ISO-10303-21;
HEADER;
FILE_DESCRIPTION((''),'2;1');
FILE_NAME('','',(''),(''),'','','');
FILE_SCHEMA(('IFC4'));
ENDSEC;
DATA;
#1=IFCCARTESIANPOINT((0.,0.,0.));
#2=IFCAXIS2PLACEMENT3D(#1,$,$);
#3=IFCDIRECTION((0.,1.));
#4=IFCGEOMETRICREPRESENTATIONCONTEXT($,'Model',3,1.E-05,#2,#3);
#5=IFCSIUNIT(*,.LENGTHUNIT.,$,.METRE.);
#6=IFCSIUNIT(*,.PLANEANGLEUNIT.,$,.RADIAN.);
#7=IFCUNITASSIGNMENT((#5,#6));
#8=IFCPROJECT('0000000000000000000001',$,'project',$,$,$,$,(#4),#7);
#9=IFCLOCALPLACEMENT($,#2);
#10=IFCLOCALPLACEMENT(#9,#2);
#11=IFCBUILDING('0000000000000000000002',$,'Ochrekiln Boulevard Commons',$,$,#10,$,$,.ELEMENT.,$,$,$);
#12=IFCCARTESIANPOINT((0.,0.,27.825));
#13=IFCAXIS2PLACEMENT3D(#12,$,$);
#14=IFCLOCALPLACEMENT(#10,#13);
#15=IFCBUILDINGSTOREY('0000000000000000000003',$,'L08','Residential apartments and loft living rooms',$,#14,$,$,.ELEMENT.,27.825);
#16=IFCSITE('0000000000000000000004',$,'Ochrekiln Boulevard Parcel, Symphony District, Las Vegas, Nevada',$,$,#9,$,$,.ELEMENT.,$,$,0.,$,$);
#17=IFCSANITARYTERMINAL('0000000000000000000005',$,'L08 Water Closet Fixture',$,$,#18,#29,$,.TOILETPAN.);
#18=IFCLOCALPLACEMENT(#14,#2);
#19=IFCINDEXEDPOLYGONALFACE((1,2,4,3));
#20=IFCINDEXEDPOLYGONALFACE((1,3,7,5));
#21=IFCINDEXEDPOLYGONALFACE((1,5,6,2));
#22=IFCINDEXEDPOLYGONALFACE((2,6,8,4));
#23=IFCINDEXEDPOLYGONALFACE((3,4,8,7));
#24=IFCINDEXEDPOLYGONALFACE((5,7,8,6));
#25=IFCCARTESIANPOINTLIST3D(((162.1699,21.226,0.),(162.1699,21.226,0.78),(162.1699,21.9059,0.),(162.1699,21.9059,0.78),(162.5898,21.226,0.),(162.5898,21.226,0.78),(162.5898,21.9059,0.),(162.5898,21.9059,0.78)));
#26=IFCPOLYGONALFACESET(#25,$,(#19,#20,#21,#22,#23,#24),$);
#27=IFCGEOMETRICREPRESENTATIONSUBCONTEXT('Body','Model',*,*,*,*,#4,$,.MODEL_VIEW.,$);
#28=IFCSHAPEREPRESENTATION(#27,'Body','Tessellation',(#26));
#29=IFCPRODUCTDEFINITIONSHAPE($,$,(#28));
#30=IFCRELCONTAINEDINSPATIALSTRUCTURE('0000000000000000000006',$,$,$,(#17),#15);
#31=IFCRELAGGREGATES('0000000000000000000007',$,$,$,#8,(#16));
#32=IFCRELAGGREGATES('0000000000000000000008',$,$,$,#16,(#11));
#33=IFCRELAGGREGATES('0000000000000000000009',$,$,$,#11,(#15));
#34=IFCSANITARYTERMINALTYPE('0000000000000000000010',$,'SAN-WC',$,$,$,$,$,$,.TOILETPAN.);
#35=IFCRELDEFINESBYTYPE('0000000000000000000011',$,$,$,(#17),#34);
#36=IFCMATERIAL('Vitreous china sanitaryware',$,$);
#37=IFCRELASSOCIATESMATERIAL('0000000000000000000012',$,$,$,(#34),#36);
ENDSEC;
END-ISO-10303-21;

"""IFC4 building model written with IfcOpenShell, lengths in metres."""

from ifc_helpers import new_model, si_unit, direction, frame, origin, origin_2d, place, context, subcontext, project, spatial, rectangle, extrude, material, type_object, element, save


model = new_model("IFC4")

# Units and contexts
model_context = context("Model", 3, precision=1e-05, world=origin(), true_north=direction((0.0, 1.0)))
body_context = subcontext(model_context, "Body", "Model", "MODEL_VIEW")
ifc_project = project(units=[si_unit("LENGTHUNIT", "METRE"), si_unit("PLANEANGLEUNIT", "RADIAN")], contexts=[model_context])

# Site, building, storey
site_placement = place(None, origin())
site = spatial("IfcSite", under=ifc_project, at=site_placement, Name="Ochrekiln Boulevard Parcel, Symphony District, Las Vegas, Nevada", CompositionType="ELEMENT", RefElevation=0.0)
building_placement = place(site_placement, origin())
building = spatial("IfcBuilding", under=site, at=building_placement, Name="Ochrekiln Boulevard Commons", CompositionType="ELEMENT")
storey_placement = place(building_placement, frame((0.0, 0.0, 27.825)))
storey = spatial("IfcBuildingStorey", under=building, at=storey_placement, Name="L08", Description="Residential apartments and loft living rooms", CompositionType="ELEMENT", Elevation=27.825)

# Sanitary terminal
ifc_material_1 = material(Name="Vitreous china sanitaryware")
sanitary_terminal_type_1 = type_object("IfcSanitaryTerminalType", Name="SAN-WC", PredefinedType="TOILETPAN", material=ifc_material_1)
sanitary_terminal_placement = place(storey_placement, frame((162.3799, 21.5659, 0.0), z_axis=(0.0, 0.0, 1.0), x_axis=(1.0, 0.0, 0.0)))
element("IfcSanitaryTerminal", 1, at=sanitary_terminal_placement, inside=storey, type_object=sanitary_terminal_type_1, Name="L08 Water Closet Fixture", PredefinedType="TOILETPAN", context=body_context, shape_type="SweptSolid", body=[
    extrude(rectangle(XDim=0.4199, YDim=0.6799, at=origin_2d()), origin(), (0.0, 0.0, 1.0), 0.78),
])

save(model, "model.ifc")
